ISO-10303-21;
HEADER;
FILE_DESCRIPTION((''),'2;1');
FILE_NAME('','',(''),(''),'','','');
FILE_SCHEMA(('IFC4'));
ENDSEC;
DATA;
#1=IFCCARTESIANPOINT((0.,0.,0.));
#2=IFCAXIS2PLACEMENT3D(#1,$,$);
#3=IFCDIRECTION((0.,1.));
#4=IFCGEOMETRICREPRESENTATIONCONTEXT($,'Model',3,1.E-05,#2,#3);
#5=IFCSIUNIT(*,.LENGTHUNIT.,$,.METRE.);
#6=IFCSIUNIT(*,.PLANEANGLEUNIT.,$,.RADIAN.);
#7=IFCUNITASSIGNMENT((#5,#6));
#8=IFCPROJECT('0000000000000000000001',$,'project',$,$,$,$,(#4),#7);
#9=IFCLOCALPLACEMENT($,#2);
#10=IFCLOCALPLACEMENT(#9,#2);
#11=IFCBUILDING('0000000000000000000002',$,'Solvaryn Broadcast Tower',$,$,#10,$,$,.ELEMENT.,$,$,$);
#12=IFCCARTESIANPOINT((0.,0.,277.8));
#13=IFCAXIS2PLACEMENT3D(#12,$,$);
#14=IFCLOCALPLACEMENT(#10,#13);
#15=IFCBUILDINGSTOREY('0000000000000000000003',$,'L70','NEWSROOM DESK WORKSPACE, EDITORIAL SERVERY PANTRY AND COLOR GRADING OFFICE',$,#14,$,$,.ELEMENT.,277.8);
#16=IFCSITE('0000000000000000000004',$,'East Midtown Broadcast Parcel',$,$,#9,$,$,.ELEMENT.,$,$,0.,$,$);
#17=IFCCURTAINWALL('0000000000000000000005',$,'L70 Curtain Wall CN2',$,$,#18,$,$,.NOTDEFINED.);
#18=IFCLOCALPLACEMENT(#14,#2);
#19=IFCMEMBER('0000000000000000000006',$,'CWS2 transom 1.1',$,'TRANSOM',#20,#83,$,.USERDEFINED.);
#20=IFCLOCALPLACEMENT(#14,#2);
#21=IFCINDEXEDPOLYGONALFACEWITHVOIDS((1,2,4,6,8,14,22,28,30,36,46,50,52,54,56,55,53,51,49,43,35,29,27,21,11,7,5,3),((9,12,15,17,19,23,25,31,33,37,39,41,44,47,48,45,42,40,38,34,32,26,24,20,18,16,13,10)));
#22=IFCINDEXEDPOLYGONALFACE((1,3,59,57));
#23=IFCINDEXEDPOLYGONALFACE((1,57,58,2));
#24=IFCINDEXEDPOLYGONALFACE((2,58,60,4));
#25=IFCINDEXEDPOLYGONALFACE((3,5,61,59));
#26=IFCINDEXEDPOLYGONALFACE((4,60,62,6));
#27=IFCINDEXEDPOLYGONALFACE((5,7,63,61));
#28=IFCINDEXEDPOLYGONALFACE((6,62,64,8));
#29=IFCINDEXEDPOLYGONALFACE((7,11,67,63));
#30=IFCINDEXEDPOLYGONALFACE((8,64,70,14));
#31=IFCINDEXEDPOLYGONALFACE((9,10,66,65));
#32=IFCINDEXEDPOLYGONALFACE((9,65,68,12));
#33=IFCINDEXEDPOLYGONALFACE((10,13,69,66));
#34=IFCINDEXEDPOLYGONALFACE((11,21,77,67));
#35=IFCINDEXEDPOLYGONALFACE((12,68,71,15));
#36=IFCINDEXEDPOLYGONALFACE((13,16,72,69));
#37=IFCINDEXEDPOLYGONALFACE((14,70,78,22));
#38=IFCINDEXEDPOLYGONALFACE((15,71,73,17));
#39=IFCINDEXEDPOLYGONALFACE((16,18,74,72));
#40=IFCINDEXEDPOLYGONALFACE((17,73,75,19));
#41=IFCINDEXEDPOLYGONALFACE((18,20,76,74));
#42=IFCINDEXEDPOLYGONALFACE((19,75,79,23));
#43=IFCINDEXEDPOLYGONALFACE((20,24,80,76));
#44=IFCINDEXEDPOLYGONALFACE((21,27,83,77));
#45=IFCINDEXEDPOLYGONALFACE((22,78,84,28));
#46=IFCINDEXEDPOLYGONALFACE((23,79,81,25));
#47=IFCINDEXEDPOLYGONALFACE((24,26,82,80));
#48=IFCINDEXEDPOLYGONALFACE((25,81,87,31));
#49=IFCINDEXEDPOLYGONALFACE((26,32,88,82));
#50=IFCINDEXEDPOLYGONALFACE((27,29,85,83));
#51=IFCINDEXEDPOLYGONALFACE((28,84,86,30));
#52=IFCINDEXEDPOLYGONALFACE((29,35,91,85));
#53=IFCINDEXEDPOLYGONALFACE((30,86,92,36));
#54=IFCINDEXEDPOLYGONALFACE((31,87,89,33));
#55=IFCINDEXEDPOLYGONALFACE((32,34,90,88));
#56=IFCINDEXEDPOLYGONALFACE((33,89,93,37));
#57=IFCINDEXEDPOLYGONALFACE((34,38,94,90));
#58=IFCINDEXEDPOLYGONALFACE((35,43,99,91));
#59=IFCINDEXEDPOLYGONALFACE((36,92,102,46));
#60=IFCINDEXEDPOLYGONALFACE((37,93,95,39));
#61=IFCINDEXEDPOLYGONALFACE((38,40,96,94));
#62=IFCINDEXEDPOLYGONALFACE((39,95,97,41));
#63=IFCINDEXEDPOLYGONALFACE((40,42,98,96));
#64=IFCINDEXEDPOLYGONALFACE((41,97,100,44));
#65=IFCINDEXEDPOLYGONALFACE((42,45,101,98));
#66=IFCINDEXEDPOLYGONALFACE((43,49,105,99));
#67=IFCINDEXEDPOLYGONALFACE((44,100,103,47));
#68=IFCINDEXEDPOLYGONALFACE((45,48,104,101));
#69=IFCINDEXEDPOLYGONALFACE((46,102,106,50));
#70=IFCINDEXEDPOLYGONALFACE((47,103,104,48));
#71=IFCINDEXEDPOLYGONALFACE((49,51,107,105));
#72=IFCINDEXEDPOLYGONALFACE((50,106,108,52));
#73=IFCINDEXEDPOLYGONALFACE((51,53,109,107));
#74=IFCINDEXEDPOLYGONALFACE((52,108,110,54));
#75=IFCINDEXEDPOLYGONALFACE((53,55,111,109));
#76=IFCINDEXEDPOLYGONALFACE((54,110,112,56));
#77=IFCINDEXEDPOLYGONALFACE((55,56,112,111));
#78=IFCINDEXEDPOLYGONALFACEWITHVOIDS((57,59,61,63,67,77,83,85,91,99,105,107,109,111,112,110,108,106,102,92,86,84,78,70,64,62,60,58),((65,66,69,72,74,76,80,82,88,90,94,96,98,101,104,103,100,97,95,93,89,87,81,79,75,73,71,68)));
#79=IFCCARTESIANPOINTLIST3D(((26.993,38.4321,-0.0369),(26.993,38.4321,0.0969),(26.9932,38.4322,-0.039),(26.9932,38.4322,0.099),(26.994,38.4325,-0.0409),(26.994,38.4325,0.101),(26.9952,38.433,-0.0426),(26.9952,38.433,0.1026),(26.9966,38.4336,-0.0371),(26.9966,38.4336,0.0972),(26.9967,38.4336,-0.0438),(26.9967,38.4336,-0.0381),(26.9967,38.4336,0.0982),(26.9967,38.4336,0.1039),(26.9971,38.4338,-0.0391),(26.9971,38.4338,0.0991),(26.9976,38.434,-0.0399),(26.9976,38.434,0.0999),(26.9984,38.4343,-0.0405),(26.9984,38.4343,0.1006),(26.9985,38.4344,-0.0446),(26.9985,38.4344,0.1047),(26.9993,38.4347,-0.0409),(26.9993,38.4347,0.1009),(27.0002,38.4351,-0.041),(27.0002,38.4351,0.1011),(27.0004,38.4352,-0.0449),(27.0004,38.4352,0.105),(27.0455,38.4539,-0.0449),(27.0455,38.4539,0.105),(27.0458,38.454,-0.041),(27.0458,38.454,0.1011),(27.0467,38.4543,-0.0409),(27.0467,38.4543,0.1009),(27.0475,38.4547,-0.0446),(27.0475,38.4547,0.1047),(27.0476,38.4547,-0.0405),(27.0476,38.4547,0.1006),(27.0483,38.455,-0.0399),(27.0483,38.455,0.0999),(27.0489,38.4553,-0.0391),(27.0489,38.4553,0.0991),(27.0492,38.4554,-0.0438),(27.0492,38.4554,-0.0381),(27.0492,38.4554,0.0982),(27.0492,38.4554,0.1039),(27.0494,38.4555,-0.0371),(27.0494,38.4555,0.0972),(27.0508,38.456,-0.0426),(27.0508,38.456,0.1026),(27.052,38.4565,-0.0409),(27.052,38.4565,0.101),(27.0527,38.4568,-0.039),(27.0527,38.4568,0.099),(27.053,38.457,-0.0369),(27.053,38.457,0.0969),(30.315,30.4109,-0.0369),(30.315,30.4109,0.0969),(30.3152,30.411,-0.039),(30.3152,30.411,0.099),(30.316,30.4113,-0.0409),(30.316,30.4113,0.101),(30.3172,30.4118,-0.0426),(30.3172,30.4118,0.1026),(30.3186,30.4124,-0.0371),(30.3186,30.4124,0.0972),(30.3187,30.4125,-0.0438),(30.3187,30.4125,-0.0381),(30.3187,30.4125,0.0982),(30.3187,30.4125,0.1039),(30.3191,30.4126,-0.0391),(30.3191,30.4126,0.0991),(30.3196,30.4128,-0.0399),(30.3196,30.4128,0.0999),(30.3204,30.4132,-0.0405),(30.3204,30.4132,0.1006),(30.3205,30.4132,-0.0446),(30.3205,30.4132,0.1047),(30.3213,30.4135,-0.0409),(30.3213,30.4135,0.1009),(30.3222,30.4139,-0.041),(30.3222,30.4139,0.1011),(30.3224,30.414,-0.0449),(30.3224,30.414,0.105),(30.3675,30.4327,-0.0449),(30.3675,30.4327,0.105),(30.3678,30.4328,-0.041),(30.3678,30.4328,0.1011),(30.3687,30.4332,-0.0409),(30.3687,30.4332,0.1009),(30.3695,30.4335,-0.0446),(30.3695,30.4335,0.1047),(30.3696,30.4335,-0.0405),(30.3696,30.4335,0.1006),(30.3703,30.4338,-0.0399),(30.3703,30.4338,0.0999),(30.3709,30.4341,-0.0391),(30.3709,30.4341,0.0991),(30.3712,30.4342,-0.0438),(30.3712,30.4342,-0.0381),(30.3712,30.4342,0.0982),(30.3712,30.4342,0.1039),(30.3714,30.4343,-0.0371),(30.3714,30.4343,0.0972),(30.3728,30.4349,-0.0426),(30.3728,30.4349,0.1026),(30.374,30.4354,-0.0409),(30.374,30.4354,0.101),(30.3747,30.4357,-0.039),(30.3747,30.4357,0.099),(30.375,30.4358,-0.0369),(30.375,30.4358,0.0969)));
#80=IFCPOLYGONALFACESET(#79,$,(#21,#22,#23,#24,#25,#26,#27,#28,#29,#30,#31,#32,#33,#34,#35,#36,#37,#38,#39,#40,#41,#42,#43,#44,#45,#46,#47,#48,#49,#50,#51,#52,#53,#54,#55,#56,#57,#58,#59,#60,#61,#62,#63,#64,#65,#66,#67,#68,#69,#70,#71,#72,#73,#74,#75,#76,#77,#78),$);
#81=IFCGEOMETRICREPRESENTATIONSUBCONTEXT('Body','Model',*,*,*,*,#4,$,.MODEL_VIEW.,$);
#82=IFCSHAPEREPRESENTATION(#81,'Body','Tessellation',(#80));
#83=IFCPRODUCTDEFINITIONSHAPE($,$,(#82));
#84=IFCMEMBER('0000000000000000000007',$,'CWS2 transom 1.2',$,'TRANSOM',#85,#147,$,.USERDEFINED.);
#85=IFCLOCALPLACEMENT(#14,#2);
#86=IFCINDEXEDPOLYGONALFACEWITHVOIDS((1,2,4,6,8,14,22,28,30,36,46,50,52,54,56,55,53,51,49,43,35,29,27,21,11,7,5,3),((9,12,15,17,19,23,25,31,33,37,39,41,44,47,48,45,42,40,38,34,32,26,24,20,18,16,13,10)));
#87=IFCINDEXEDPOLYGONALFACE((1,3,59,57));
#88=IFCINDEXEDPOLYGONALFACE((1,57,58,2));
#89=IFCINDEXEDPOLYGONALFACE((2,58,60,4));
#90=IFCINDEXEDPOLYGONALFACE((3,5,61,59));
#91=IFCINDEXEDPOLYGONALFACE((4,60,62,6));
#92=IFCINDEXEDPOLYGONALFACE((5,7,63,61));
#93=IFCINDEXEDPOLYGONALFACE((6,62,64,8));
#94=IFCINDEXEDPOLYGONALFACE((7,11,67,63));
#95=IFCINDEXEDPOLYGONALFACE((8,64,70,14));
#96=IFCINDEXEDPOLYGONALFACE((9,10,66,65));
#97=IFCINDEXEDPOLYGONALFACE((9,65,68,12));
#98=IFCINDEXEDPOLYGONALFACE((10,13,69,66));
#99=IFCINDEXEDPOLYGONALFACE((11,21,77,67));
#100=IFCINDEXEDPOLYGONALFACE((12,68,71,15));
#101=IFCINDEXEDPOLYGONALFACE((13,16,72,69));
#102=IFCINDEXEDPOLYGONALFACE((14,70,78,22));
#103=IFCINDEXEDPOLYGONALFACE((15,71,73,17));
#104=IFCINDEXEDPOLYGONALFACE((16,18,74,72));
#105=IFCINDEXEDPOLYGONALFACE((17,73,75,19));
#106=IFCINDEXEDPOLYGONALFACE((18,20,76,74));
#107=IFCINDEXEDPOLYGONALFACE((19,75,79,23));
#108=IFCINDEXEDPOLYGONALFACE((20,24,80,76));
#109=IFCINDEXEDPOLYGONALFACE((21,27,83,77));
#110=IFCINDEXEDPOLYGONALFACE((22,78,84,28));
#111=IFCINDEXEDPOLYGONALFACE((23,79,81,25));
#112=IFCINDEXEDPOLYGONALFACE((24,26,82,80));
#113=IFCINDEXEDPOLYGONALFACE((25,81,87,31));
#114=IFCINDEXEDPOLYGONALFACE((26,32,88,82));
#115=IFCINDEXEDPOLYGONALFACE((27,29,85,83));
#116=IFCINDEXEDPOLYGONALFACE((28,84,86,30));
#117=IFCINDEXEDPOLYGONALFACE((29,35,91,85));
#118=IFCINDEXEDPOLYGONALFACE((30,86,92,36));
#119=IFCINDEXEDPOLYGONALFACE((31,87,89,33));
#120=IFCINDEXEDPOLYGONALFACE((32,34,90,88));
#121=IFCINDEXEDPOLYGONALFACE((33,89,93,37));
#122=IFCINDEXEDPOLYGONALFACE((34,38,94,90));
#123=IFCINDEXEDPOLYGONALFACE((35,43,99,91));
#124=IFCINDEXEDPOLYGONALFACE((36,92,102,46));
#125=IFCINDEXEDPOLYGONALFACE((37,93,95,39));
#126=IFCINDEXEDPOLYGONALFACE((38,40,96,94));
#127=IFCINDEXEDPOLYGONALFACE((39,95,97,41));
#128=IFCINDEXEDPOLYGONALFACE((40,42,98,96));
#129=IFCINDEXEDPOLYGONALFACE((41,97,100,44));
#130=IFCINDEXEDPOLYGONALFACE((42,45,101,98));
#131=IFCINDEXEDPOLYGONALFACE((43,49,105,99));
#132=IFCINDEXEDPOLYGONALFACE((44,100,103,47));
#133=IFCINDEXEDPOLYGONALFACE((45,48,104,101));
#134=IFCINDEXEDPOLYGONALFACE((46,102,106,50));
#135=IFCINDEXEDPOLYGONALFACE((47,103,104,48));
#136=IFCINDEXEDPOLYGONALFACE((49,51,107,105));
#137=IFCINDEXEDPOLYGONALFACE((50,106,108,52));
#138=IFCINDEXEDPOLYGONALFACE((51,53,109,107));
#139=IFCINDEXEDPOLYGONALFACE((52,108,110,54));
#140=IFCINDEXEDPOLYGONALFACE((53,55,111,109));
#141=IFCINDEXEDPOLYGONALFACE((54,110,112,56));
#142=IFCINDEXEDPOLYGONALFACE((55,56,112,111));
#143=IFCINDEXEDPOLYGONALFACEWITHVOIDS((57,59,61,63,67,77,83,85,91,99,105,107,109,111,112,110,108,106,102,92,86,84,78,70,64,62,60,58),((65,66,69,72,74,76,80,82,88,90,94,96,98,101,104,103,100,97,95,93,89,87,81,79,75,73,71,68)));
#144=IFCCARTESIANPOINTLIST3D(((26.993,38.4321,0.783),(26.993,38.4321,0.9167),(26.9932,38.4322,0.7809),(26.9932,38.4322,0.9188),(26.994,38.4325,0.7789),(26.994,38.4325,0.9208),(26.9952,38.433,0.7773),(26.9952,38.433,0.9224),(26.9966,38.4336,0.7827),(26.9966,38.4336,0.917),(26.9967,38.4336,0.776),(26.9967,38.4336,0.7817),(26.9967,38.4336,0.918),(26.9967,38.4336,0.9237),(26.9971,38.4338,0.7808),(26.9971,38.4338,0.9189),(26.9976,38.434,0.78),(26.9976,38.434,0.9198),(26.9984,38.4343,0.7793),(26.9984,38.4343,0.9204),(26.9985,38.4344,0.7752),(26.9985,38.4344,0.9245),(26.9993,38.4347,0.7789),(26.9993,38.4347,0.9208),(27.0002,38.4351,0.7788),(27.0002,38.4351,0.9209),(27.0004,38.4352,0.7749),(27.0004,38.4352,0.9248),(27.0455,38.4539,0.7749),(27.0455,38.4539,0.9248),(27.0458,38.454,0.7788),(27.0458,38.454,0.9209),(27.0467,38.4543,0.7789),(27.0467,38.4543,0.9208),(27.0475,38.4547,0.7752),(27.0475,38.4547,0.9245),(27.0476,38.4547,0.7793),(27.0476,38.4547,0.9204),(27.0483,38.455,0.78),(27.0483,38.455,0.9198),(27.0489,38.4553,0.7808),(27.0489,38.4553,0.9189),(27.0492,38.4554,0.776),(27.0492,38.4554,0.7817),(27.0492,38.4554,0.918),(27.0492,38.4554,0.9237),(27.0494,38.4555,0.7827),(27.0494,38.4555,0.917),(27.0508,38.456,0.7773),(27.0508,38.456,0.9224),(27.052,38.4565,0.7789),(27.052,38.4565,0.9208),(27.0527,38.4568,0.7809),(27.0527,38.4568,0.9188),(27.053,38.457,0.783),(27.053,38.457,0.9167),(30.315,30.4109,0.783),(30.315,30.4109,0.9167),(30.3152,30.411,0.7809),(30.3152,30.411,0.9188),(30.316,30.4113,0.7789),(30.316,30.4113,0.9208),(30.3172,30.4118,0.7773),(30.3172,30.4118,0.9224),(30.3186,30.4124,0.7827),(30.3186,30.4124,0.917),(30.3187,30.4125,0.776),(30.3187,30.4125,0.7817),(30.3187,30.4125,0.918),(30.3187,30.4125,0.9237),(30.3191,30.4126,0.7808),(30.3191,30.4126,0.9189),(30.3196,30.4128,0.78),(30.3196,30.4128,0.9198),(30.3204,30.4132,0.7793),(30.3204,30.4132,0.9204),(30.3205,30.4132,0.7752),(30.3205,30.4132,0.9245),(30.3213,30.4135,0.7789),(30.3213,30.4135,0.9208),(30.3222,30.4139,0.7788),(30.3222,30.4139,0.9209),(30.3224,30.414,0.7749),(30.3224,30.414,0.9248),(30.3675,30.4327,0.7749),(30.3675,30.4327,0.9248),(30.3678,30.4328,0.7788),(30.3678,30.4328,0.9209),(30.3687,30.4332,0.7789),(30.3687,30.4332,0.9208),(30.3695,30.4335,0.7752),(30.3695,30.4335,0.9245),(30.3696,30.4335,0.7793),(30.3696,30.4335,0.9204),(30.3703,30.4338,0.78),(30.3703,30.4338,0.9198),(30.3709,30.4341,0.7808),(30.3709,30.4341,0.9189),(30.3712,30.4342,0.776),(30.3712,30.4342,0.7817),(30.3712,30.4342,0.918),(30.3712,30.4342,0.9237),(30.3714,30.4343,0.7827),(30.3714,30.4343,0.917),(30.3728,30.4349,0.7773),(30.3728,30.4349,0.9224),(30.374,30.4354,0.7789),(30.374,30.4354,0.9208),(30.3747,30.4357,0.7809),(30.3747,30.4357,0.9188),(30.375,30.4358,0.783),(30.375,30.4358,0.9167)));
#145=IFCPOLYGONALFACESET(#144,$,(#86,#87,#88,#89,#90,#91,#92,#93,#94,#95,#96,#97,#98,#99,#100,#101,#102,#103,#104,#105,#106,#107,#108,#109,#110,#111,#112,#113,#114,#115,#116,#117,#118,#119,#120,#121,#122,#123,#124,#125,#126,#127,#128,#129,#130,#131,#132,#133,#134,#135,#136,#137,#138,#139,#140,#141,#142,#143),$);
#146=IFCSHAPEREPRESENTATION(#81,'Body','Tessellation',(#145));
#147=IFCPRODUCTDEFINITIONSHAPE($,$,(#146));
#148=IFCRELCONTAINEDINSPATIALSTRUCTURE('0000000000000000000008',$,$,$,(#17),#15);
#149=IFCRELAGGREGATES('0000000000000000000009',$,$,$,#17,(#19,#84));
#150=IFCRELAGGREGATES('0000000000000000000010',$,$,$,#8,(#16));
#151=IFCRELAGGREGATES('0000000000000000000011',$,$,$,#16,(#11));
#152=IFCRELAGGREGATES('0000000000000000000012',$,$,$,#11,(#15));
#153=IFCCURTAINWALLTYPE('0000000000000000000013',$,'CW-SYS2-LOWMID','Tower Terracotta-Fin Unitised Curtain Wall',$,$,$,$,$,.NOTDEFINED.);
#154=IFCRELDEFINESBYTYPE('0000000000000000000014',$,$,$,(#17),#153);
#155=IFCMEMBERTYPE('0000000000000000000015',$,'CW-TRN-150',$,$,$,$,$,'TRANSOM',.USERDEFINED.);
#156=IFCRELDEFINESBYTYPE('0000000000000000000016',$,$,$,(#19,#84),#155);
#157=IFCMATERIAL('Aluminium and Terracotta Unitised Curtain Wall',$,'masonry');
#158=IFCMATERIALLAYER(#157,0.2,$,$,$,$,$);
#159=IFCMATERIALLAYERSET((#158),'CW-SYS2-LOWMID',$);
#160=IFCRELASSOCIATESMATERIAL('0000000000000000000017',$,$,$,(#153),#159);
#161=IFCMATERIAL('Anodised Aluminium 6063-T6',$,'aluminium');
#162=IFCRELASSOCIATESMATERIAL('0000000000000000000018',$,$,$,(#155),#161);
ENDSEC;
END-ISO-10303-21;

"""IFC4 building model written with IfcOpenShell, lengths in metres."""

from ifc_helpers import new_model, si_unit, direction, frame, origin, origin_2d, place, context, subcontext, project, spatial, hollow_rectangle, extrude, material, layer, layer_set, material_profile, profile_set, type_object, element, aggregate, save


model = new_model("IFC4")

# Units and contexts
model_context = context("Model", 3, precision=1e-05, world=origin(), true_north=direction((0.0, 1.0)))
body_context = subcontext(model_context, "Body", "Model", "MODEL_VIEW")
ifc_project = project(units=[si_unit("LENGTHUNIT", "METRE"), si_unit("PLANEANGLEUNIT", "RADIAN")], contexts=[model_context])

# Site, building, storey
site_placement = place(None, origin())
site = spatial("IfcSite", under=ifc_project, at=site_placement, Name="East Midtown Broadcast Parcel", CompositionType="ELEMENT", RefElevation=0.0)
building_placement = place(site_placement, origin())
building = spatial("IfcBuilding", under=site, at=building_placement, Name="Solvaryn Broadcast Tower", CompositionType="ELEMENT")
storey_placement = place(building_placement, frame((0.0, 0.0, 277.8)))
storey = spatial("IfcBuildingStorey", under=building, at=storey_placement, Name="L70", Description="NEWSROOM DESK WORKSPACE, EDITORIAL SERVERY PANTRY AND COLOR GRADING OFFICE", CompositionType="ELEMENT", Elevation=277.8)

# Shared definitions
ifc_material_1 = material(Name="Aluminium and Terracotta Unitised Curtain Wall", Category="masonry")
ifc_layer_1 = layer(ifc_material_1, 0.2)
ifc_layer_set_1 = layer_set([ifc_layer_1], Name="CW-SYS2-LOWMID")
curtain_wall_type = type_object("IfcCurtainWallType", Name="CW-SYS2-LOWMID", Description="Tower Terracotta-Fin Unitised Curtain Wall", PredefinedType="NOTDEFINED", material=ifc_layer_set_1)

# Curtain wall, members
curtain_wall_1_placement = place(storey_placement, origin())
curtain_wall_1 = element("IfcCurtainWall", 1, at=curtain_wall_1_placement, inside=storey, type_object=curtain_wall_type, Name="L70 Curtain Wall CN2", PredefinedType="NOTDEFINED")
ifc_material_2 = material(Name="Anodised Aluminium 6063-T6", Category="aluminium")
ifc_material_profile_1 = material_profile(ifc_material_2, hollow_rectangle(XDim=0.0649, YDim=0.1499, WallThickness=0.0039, InnerFilletRadius=0.0039, OuterFilletRadius=0.0081, at=origin_2d()))
ifc_profile_set_1 = profile_set([ifc_material_profile_1], Name="Anodised Aluminium 6063-T6")
member_type_1 = type_object("IfcMemberType", Name="CW-TRN-150", ElementType="TRANSOM", PredefinedType="USERDEFINED", material=ifc_profile_set_1)
member_1_placement = place(storey_placement, frame((30.345, 30.4233, 0.03), z_axis=(-0.382636, 0.923899, 0.0), x_axis=(-0.923899, -0.382636, 0.0)))
member_1 = element("IfcMember", 2, at=member_1_placement, type_object=member_type_1, Name="CWS2 transom 1.1", ObjectType="TRANSOM", PredefinedType="USERDEFINED", context=body_context, shape_type="SweptSolid", body=[
    extrude(hollow_rectangle(XDim=0.0649, YDim=0.1499, WallThickness=0.0039, InnerFilletRadius=0.0039, OuterFilletRadius=0.0081, at=origin_2d()), origin(), (0.0, 0.0, 1.0), 8.6819),
])
member_2_placement = place(storey_placement, frame((30.345, 30.4233, 0.8499), z_axis=(-0.382636, 0.923899, 0.0), x_axis=(-0.923899, -0.382636, 0.0)))
member_2 = element("IfcMember", 3, at=member_2_placement, type_object=member_type_1, Name="CWS2 transom 1.2", ObjectType="TRANSOM", PredefinedType="USERDEFINED", context=body_context, shape_type="SweptSolid", body=[
    extrude(hollow_rectangle(XDim=0.0649, YDim=0.1499, WallThickness=0.0039, InnerFilletRadius=0.0039, OuterFilletRadius=0.0081, at=origin_2d()), origin(), (0.0, 0.0, 1.0), 8.6819),
])
aggregate(curtain_wall_1, [member_1, member_2])

save(model, "model.ifc")
